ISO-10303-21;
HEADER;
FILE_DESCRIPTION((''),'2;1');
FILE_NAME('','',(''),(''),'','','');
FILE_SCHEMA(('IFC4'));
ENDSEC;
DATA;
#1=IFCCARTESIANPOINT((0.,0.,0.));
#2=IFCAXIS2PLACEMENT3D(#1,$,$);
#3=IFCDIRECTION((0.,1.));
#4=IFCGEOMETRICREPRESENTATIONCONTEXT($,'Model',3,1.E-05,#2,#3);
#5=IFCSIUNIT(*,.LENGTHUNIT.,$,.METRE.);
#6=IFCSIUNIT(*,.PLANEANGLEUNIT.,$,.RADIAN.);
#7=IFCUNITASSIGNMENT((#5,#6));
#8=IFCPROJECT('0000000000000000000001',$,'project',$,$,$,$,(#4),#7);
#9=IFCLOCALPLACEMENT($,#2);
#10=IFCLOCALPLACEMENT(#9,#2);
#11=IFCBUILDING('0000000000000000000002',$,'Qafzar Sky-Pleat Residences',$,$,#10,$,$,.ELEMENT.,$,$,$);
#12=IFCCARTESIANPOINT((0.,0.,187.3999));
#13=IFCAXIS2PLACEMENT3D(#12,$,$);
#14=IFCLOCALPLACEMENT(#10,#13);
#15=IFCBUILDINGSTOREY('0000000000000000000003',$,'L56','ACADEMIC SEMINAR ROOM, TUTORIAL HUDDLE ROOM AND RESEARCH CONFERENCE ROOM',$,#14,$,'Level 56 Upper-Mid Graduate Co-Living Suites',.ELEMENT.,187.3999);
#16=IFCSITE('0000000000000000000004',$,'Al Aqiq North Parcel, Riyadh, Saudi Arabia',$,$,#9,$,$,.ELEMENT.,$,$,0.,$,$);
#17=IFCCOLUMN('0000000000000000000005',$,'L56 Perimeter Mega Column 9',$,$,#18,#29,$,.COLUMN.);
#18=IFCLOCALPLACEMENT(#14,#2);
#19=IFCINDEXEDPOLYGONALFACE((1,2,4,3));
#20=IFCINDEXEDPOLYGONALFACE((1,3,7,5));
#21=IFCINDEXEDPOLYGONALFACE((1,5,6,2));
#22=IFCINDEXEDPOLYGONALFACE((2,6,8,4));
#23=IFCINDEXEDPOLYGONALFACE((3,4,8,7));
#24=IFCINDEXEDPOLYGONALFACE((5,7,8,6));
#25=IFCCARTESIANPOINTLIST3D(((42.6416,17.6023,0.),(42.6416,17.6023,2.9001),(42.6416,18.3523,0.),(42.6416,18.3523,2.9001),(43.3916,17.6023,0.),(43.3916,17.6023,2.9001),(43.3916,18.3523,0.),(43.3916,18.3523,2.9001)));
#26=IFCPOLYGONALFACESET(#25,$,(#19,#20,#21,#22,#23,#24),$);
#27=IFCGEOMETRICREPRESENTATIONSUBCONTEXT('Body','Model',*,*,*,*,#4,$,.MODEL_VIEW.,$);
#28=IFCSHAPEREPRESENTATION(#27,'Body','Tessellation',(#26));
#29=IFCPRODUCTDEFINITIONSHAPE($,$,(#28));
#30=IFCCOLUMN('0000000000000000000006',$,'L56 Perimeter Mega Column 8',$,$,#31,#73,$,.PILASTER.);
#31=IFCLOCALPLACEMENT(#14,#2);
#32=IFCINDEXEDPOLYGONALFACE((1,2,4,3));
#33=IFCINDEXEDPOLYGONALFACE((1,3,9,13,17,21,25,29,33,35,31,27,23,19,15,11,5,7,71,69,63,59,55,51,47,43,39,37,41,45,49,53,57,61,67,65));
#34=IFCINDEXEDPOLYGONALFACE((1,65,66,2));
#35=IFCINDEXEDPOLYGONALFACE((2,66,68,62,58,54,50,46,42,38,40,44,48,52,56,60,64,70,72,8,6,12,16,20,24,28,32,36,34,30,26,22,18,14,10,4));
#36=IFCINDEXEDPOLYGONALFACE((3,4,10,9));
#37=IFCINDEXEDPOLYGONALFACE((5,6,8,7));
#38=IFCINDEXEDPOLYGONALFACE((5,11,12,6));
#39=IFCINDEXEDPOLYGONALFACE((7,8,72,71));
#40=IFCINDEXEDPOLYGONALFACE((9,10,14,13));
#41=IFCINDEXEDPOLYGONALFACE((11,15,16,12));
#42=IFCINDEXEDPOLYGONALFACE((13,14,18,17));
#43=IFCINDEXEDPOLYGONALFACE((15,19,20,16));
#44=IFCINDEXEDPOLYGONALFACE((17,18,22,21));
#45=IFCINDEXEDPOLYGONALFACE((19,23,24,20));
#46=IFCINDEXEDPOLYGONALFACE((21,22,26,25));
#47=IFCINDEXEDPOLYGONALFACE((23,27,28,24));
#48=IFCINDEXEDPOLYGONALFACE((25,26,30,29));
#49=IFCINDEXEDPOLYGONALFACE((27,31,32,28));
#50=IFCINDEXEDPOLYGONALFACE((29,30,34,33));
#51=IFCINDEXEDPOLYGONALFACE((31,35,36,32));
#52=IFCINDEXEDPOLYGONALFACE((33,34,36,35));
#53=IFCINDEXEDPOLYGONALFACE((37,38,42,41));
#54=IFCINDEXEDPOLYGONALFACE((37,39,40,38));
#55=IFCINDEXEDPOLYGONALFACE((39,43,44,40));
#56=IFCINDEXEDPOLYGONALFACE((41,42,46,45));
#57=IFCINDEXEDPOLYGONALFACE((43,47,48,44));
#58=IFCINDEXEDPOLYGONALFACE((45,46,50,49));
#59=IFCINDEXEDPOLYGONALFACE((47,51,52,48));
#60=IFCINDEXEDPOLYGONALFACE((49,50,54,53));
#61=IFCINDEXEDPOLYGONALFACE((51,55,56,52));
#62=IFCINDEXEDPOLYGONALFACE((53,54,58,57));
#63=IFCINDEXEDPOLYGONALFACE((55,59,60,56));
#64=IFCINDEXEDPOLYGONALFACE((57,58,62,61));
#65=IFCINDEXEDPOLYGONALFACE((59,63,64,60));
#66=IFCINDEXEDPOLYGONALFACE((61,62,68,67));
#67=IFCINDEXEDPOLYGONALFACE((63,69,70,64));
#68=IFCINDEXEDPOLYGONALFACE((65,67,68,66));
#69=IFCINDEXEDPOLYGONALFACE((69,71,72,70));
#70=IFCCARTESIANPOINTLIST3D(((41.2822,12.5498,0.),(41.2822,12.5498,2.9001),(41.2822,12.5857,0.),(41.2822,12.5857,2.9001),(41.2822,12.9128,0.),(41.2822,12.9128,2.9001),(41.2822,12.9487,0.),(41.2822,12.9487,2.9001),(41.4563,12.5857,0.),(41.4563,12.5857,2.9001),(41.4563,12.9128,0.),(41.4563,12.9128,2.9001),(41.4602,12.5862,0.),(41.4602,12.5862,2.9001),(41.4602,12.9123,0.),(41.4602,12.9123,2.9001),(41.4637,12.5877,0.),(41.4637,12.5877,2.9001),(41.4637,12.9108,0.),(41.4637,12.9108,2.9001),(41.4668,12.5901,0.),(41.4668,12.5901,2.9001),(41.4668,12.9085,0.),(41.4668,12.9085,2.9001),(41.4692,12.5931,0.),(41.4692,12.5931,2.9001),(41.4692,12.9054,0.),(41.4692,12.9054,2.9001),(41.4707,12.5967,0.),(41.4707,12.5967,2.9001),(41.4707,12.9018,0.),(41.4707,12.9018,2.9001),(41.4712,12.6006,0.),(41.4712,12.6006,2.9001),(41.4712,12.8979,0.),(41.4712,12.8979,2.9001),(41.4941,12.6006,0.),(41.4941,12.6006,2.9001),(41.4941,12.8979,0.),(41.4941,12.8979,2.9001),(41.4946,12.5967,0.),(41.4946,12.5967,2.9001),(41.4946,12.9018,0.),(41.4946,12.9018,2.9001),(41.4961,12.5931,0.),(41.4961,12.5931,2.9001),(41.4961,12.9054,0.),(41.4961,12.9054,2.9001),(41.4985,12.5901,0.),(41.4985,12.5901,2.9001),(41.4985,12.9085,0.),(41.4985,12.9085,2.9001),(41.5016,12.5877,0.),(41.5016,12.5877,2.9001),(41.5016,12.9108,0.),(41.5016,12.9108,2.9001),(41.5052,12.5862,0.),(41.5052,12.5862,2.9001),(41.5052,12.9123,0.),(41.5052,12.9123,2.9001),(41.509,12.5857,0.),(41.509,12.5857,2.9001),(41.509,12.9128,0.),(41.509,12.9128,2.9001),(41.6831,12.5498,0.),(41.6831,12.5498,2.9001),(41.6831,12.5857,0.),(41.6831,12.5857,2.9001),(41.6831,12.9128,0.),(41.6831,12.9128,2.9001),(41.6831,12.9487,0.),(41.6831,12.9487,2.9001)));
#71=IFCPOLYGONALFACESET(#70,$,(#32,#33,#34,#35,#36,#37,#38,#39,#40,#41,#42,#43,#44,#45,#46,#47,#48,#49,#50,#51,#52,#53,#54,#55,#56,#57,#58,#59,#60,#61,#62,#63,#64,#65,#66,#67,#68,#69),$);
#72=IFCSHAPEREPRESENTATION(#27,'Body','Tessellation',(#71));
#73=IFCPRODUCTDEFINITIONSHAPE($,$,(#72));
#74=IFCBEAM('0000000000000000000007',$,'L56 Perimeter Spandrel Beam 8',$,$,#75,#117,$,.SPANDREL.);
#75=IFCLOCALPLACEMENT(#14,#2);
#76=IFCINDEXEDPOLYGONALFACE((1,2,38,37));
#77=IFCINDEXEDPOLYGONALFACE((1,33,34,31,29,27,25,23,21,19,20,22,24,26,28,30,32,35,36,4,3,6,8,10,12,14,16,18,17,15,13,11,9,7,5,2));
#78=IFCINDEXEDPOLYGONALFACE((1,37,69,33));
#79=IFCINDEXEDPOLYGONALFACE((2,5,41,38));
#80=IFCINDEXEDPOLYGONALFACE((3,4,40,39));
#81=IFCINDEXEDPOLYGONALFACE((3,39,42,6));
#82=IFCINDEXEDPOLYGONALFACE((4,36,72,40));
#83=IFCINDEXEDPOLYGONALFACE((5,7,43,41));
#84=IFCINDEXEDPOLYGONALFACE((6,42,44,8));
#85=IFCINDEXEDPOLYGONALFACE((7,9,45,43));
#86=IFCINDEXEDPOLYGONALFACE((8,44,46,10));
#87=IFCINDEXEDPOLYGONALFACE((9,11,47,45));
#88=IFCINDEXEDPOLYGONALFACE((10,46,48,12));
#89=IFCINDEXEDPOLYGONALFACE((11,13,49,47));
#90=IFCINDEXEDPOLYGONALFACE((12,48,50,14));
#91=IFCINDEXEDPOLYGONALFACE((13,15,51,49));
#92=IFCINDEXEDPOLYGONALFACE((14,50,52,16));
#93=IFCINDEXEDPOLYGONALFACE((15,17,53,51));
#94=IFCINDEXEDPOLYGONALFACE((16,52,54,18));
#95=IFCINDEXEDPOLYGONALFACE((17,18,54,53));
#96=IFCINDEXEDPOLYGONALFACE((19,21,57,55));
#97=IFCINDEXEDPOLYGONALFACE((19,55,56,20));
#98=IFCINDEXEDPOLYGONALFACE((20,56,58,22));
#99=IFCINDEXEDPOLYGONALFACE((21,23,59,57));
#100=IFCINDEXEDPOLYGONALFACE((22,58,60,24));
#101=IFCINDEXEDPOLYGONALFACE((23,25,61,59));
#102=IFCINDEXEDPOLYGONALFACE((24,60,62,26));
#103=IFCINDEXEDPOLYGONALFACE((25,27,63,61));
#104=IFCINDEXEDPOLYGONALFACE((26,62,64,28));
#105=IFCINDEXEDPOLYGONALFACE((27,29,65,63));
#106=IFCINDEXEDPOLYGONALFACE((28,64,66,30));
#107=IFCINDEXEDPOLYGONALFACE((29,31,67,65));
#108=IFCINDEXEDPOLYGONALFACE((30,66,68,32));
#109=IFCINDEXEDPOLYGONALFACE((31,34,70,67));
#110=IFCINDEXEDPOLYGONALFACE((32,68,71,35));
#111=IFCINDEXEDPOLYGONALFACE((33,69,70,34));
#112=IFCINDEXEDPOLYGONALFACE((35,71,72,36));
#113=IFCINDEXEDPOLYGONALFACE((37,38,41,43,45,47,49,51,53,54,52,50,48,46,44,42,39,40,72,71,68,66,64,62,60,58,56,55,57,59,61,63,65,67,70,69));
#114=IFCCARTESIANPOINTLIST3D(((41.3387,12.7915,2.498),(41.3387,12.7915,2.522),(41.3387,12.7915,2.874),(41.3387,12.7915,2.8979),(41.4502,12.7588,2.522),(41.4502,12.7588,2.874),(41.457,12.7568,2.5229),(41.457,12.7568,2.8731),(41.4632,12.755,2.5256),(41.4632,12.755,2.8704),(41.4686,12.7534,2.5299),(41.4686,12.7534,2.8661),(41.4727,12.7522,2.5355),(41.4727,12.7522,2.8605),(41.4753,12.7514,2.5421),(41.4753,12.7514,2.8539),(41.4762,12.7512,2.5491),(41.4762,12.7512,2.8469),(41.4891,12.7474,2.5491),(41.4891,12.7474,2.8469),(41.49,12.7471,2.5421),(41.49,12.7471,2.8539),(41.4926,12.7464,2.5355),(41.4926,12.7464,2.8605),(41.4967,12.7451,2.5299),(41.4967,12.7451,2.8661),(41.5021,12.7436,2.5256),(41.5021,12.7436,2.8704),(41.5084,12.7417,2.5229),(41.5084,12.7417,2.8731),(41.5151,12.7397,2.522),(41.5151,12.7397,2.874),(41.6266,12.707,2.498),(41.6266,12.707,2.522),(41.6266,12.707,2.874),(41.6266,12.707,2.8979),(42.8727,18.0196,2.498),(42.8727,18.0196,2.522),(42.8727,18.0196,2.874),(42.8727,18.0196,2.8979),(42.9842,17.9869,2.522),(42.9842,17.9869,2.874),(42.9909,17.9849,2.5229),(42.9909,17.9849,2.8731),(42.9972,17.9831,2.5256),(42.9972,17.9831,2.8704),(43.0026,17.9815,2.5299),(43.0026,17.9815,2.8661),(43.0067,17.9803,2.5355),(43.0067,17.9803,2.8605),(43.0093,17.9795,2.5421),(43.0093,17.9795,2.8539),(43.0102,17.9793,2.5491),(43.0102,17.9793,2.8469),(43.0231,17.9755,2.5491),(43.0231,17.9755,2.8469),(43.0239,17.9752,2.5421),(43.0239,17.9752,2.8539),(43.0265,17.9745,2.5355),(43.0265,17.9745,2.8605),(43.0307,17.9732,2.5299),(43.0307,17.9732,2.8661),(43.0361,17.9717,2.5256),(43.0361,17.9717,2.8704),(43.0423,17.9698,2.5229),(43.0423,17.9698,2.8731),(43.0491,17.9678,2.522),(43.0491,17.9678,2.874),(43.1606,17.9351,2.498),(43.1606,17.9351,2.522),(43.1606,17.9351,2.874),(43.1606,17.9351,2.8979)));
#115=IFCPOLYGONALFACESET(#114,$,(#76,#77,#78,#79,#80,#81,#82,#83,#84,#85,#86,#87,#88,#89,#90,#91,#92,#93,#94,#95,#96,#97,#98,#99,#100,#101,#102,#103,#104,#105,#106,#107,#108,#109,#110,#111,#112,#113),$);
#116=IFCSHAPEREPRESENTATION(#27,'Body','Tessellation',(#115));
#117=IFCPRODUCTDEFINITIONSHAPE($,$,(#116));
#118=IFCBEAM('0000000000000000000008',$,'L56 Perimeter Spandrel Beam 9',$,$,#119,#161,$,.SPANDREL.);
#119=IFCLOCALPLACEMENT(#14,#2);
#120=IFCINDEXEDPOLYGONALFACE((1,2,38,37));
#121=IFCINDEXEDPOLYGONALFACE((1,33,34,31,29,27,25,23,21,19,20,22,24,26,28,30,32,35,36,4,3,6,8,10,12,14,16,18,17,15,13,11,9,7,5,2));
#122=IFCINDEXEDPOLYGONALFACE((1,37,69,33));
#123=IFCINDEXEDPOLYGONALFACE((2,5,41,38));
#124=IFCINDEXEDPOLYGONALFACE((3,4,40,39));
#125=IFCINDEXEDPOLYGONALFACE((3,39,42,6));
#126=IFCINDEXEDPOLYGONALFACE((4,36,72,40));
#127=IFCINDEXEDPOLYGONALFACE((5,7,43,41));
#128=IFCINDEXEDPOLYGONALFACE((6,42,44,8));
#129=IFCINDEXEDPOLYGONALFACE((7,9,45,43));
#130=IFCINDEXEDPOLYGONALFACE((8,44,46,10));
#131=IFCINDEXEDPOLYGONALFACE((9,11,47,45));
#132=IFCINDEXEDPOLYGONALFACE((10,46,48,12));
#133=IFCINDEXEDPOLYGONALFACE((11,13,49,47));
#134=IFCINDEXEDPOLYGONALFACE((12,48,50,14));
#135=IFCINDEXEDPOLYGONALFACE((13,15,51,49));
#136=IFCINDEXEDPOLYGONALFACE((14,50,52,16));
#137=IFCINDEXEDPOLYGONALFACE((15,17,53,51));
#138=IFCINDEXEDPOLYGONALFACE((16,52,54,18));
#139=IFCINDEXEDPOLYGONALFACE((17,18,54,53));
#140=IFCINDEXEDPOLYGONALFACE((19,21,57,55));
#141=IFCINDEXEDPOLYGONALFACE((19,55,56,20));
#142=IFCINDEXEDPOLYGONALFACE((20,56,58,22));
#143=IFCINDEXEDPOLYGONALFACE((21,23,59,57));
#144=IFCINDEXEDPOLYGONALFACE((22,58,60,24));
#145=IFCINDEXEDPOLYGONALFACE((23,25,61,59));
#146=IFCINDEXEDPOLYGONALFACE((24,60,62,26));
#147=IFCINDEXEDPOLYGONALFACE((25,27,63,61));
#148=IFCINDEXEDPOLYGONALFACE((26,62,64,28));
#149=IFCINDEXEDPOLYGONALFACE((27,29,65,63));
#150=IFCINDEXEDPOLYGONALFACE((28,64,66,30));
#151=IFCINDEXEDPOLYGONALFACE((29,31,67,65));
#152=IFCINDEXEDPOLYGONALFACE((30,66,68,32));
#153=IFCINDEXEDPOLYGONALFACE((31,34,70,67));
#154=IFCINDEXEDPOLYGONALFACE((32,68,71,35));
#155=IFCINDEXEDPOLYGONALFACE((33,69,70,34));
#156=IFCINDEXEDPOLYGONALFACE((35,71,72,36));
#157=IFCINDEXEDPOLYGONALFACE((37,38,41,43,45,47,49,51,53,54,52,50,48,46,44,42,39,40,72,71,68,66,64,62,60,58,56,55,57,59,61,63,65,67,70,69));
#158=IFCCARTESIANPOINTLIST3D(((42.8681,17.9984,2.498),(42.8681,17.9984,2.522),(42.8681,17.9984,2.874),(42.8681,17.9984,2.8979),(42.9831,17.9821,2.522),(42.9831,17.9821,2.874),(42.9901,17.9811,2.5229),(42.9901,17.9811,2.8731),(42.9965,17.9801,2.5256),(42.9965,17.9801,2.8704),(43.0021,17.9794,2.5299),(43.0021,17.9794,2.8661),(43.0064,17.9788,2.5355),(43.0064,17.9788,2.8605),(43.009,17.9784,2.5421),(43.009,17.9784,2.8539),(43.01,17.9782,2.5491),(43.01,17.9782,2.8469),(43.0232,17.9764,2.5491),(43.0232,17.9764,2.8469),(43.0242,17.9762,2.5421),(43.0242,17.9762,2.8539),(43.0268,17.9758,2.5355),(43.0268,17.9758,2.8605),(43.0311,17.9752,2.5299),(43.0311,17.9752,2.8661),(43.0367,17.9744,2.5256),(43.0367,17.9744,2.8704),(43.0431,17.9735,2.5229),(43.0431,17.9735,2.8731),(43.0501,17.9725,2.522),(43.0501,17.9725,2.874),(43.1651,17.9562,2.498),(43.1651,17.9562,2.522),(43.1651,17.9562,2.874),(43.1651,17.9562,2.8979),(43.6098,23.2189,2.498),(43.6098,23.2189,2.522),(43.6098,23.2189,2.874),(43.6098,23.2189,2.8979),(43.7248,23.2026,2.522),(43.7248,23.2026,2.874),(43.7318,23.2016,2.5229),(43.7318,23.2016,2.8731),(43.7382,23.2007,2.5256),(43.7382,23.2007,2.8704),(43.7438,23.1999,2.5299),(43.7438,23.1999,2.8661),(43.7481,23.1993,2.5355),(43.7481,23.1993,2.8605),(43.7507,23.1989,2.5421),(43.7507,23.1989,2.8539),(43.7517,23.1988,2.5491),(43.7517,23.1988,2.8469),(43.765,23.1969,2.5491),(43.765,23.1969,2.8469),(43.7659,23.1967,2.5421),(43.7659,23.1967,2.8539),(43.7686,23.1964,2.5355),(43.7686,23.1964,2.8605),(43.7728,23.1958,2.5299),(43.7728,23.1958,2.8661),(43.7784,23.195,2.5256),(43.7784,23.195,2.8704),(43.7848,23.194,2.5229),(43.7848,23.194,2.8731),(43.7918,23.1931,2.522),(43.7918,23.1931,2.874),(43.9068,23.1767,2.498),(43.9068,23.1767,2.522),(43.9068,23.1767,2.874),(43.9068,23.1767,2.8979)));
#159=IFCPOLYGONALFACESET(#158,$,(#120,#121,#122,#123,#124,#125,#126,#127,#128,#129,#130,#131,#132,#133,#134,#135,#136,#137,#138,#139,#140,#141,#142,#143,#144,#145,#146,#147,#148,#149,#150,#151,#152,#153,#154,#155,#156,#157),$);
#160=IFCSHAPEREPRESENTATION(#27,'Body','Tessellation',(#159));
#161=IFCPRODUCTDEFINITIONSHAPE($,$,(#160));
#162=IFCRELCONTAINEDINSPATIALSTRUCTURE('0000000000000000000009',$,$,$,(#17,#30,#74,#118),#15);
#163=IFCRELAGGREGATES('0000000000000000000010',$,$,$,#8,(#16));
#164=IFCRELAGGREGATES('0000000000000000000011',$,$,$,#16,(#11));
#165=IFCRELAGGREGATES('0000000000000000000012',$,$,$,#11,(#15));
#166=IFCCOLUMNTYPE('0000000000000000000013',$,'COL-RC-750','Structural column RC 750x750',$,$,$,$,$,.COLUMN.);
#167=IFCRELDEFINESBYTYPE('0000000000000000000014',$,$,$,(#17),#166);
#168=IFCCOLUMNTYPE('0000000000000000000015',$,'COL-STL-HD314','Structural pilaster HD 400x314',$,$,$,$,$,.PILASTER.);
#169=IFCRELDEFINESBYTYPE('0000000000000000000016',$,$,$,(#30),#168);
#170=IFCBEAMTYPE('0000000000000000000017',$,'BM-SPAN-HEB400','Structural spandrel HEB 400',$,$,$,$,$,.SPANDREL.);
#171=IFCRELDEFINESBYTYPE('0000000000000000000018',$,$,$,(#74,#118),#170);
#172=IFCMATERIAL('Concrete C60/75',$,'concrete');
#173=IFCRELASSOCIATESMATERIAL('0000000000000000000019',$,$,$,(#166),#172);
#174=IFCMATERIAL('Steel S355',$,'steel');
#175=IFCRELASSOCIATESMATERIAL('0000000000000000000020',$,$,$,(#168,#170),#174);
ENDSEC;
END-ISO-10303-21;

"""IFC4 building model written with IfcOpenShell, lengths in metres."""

from ifc_helpers import new_model, si_unit, direction, frame, origin, origin_2d, place, context, subcontext, project, spatial, rectangle, i_section, extrude, source, transform, mapped, material, material_profile, profile_set, type_object, element, save


model = new_model("IFC4")

# Units and contexts
model_context = context("Model", 3, precision=1e-05, world=origin(), true_north=direction((0.0, 1.0)))
body_context = subcontext(model_context, "Body", "Model", "MODEL_VIEW")
ifc_project = project(units=[si_unit("LENGTHUNIT", "METRE"), si_unit("PLANEANGLEUNIT", "RADIAN")], contexts=[model_context])

# Site, building, storey
site_placement = place(None, origin())
site = spatial("IfcSite", under=ifc_project, at=site_placement, Name="Al Aqiq North Parcel, Riyadh, Saudi Arabia", CompositionType="ELEMENT", RefElevation=0.0)
building_placement = place(site_placement, origin())
building = spatial("IfcBuilding", under=site, at=building_placement, Name="Qafzar Sky-Pleat Residences", CompositionType="ELEMENT")
storey_placement = place(building_placement, frame((0.0, 0.0, 187.3999)))
storey = spatial("IfcBuildingStorey", under=building, at=storey_placement, Name="L56", Description="ACADEMIC SEMINAR ROOM, TUTORIAL HUDDLE ROOM AND RESEARCH CONFERENCE ROOM", LongName="Level 56 Upper-Mid Graduate Co-Living Suites", CompositionType="ELEMENT", Elevation=187.3999)

# Columns
ifc_material_1 = material(Name="Concrete C60/75", Category="concrete")
ifc_material_profile_1 = material_profile(ifc_material_1, rectangle(XDim=0.75, YDim=0.75, at=origin_2d()), Name="RC 750x750")
ifc_profile_set_1 = profile_set([ifc_material_profile_1], Name="Concrete C60/75")
column_type_1 = type_object("IfcColumnType", Name="COL-RC-750", Description="Structural column RC 750x750", PredefinedType="COLUMN", material=ifc_profile_set_1)
shared_shape_1 = source(origin(), body_context, "Body", "SweptSolid", [
    extrude(rectangle(XDim=0.75, YDim=0.75, at=origin_2d()), origin(), (0.0, 0.0, 1.0), 2.9001),
])
column_1_placement = place(storey_placement, frame((43.0166, 17.9773, 0.0), z_axis=(0.0, 0.0, 1.0), x_axis=(1.0, 0.0, 0.0)))
element("IfcColumn", 1, at=column_1_placement, inside=storey, type_object=column_type_1, Name="L56 Perimeter Mega Column 9", PredefinedType="COLUMN", context=body_context, shape_type="MappedRepresentation", body=[
    mapped(shared_shape_1, transform((0.0, 0.0, 0.0), x_axis=(1.0, 0.0, 0.0), y_axis=(0.0, 1.0, 0.0), z_axis=(0.0, 0.0, 1.0), scale=1.0)),
])
ifc_material_2 = material(Name="Steel S355", Category="steel")
ifc_material_profile_2 = material_profile(ifc_material_2, i_section(OverallWidth=0.4009, OverallDepth=0.3989, WebThickness=0.0229, FlangeThickness=0.0359, FilletRadius=0.0149, at=origin_2d()), Name="HD 400x314")
ifc_profile_set_2 = profile_set([ifc_material_profile_2], Name="Steel S355")
column_type_2 = type_object("IfcColumnType", Name="COL-STL-HD314", Description="Structural pilaster HD 400x314", PredefinedType="PILASTER", material=ifc_profile_set_2)
shared_shape_2 = source(origin(), body_context, "Body", "SweptSolid", [
    extrude(i_section(OverallWidth=0.4009, OverallDepth=0.3989, WebThickness=0.0229, FlangeThickness=0.0359, FilletRadius=0.0149, at=origin_2d()), origin(), (0.0, 0.0, 1.0), 2.9001),
])
column_2_placement = place(storey_placement, frame((41.4827, 12.7493, 0.0), z_axis=(0.0, 0.0, 1.0), x_axis=(1.0, 0.0, 0.0)))
element("IfcColumn", 2, at=column_2_placement, inside=storey, type_object=column_type_2, Name="L56 Perimeter Mega Column 8", PredefinedType="PILASTER", context=body_context, shape_type="MappedRepresentation", body=[
    mapped(shared_shape_2, transform((0.0, 0.0, 0.0), x_axis=(1.0, 0.0, 0.0), y_axis=(0.0, 1.0, 0.0), z_axis=(0.0, 0.0, 1.0), scale=1.0)),
])

# Beams
ifc_material_profile_3 = material_profile(ifc_material_2, i_section(OverallWidth=0.3, OverallDepth=0.3999, WebThickness=0.0134, FlangeThickness=0.0239, FilletRadius=0.0271, at=origin_2d()), Name="HEB 400")
ifc_profile_set_3 = profile_set([ifc_material_profile_3], Name="Steel S355")
beam_type = type_object("IfcBeamType", Name="BM-SPAN-HEB400", Description="Structural spandrel HEB 400", PredefinedType="SPANDREL", material=ifc_profile_set_3)
shared_shape_3 = source(origin(), body_context, "Body", "SweptSolid", [
    extrude(i_section(OverallWidth=0.3, OverallDepth=0.3999, WebThickness=0.0134, FlangeThickness=0.0239, FilletRadius=0.0271, at=origin_2d()), origin(), (0.0, 0.0, 1.0), 5.4485),
])
beam_1_placement = place(storey_placement, frame((41.4827, 12.7493, 2.698), z_axis=(0.281538, 0.95955, 0.0), x_axis=(-0.95955, 0.281538, 0.0)))
element("IfcBeam", 3, at=beam_1_placement, inside=storey, type_object=beam_type, Name="L56 Perimeter Spandrel Beam 8", PredefinedType="SPANDREL", context=body_context, shape_type="MappedRepresentation", body=[
    mapped(shared_shape_3, transform((0.0, 0.0, 0.0), x_axis=(1.0, 0.0, 0.0), y_axis=(0.0, 1.0, 0.0), z_axis=(0.0, 0.0, 1.0), scale=1.0)),
])
shared_shape_4 = source(origin(), body_context, "Body", "SweptSolid", [
    extrude(i_section(OverallWidth=0.3, OverallDepth=0.3999, WebThickness=0.0134, FlangeThickness=0.0239, FilletRadius=0.0271, at=origin_2d()), origin(), (0.0, 0.0, 1.0), 5.2729),
])
beam_2_placement = place(storey_placement, frame((43.0166, 17.9773, 2.698), z_axis=(0.140663, 0.990058, 0.0), x_axis=(-0.990058, 0.140663, 0.0)))
element("IfcBeam", 4, at=beam_2_placement, inside=storey, type_object=beam_type, Name="L56 Perimeter Spandrel Beam 9", PredefinedType="SPANDREL", context=body_context, shape_type="MappedRepresentation", body=[
    mapped(shared_shape_4, transform((0.0, 0.0, 0.0), x_axis=(1.0, 0.0, 0.0), y_axis=(0.0, 1.0, 0.0), z_axis=(0.0, 0.0, 1.0), scale=1.0)),
])

save(model, "model.ifc")
